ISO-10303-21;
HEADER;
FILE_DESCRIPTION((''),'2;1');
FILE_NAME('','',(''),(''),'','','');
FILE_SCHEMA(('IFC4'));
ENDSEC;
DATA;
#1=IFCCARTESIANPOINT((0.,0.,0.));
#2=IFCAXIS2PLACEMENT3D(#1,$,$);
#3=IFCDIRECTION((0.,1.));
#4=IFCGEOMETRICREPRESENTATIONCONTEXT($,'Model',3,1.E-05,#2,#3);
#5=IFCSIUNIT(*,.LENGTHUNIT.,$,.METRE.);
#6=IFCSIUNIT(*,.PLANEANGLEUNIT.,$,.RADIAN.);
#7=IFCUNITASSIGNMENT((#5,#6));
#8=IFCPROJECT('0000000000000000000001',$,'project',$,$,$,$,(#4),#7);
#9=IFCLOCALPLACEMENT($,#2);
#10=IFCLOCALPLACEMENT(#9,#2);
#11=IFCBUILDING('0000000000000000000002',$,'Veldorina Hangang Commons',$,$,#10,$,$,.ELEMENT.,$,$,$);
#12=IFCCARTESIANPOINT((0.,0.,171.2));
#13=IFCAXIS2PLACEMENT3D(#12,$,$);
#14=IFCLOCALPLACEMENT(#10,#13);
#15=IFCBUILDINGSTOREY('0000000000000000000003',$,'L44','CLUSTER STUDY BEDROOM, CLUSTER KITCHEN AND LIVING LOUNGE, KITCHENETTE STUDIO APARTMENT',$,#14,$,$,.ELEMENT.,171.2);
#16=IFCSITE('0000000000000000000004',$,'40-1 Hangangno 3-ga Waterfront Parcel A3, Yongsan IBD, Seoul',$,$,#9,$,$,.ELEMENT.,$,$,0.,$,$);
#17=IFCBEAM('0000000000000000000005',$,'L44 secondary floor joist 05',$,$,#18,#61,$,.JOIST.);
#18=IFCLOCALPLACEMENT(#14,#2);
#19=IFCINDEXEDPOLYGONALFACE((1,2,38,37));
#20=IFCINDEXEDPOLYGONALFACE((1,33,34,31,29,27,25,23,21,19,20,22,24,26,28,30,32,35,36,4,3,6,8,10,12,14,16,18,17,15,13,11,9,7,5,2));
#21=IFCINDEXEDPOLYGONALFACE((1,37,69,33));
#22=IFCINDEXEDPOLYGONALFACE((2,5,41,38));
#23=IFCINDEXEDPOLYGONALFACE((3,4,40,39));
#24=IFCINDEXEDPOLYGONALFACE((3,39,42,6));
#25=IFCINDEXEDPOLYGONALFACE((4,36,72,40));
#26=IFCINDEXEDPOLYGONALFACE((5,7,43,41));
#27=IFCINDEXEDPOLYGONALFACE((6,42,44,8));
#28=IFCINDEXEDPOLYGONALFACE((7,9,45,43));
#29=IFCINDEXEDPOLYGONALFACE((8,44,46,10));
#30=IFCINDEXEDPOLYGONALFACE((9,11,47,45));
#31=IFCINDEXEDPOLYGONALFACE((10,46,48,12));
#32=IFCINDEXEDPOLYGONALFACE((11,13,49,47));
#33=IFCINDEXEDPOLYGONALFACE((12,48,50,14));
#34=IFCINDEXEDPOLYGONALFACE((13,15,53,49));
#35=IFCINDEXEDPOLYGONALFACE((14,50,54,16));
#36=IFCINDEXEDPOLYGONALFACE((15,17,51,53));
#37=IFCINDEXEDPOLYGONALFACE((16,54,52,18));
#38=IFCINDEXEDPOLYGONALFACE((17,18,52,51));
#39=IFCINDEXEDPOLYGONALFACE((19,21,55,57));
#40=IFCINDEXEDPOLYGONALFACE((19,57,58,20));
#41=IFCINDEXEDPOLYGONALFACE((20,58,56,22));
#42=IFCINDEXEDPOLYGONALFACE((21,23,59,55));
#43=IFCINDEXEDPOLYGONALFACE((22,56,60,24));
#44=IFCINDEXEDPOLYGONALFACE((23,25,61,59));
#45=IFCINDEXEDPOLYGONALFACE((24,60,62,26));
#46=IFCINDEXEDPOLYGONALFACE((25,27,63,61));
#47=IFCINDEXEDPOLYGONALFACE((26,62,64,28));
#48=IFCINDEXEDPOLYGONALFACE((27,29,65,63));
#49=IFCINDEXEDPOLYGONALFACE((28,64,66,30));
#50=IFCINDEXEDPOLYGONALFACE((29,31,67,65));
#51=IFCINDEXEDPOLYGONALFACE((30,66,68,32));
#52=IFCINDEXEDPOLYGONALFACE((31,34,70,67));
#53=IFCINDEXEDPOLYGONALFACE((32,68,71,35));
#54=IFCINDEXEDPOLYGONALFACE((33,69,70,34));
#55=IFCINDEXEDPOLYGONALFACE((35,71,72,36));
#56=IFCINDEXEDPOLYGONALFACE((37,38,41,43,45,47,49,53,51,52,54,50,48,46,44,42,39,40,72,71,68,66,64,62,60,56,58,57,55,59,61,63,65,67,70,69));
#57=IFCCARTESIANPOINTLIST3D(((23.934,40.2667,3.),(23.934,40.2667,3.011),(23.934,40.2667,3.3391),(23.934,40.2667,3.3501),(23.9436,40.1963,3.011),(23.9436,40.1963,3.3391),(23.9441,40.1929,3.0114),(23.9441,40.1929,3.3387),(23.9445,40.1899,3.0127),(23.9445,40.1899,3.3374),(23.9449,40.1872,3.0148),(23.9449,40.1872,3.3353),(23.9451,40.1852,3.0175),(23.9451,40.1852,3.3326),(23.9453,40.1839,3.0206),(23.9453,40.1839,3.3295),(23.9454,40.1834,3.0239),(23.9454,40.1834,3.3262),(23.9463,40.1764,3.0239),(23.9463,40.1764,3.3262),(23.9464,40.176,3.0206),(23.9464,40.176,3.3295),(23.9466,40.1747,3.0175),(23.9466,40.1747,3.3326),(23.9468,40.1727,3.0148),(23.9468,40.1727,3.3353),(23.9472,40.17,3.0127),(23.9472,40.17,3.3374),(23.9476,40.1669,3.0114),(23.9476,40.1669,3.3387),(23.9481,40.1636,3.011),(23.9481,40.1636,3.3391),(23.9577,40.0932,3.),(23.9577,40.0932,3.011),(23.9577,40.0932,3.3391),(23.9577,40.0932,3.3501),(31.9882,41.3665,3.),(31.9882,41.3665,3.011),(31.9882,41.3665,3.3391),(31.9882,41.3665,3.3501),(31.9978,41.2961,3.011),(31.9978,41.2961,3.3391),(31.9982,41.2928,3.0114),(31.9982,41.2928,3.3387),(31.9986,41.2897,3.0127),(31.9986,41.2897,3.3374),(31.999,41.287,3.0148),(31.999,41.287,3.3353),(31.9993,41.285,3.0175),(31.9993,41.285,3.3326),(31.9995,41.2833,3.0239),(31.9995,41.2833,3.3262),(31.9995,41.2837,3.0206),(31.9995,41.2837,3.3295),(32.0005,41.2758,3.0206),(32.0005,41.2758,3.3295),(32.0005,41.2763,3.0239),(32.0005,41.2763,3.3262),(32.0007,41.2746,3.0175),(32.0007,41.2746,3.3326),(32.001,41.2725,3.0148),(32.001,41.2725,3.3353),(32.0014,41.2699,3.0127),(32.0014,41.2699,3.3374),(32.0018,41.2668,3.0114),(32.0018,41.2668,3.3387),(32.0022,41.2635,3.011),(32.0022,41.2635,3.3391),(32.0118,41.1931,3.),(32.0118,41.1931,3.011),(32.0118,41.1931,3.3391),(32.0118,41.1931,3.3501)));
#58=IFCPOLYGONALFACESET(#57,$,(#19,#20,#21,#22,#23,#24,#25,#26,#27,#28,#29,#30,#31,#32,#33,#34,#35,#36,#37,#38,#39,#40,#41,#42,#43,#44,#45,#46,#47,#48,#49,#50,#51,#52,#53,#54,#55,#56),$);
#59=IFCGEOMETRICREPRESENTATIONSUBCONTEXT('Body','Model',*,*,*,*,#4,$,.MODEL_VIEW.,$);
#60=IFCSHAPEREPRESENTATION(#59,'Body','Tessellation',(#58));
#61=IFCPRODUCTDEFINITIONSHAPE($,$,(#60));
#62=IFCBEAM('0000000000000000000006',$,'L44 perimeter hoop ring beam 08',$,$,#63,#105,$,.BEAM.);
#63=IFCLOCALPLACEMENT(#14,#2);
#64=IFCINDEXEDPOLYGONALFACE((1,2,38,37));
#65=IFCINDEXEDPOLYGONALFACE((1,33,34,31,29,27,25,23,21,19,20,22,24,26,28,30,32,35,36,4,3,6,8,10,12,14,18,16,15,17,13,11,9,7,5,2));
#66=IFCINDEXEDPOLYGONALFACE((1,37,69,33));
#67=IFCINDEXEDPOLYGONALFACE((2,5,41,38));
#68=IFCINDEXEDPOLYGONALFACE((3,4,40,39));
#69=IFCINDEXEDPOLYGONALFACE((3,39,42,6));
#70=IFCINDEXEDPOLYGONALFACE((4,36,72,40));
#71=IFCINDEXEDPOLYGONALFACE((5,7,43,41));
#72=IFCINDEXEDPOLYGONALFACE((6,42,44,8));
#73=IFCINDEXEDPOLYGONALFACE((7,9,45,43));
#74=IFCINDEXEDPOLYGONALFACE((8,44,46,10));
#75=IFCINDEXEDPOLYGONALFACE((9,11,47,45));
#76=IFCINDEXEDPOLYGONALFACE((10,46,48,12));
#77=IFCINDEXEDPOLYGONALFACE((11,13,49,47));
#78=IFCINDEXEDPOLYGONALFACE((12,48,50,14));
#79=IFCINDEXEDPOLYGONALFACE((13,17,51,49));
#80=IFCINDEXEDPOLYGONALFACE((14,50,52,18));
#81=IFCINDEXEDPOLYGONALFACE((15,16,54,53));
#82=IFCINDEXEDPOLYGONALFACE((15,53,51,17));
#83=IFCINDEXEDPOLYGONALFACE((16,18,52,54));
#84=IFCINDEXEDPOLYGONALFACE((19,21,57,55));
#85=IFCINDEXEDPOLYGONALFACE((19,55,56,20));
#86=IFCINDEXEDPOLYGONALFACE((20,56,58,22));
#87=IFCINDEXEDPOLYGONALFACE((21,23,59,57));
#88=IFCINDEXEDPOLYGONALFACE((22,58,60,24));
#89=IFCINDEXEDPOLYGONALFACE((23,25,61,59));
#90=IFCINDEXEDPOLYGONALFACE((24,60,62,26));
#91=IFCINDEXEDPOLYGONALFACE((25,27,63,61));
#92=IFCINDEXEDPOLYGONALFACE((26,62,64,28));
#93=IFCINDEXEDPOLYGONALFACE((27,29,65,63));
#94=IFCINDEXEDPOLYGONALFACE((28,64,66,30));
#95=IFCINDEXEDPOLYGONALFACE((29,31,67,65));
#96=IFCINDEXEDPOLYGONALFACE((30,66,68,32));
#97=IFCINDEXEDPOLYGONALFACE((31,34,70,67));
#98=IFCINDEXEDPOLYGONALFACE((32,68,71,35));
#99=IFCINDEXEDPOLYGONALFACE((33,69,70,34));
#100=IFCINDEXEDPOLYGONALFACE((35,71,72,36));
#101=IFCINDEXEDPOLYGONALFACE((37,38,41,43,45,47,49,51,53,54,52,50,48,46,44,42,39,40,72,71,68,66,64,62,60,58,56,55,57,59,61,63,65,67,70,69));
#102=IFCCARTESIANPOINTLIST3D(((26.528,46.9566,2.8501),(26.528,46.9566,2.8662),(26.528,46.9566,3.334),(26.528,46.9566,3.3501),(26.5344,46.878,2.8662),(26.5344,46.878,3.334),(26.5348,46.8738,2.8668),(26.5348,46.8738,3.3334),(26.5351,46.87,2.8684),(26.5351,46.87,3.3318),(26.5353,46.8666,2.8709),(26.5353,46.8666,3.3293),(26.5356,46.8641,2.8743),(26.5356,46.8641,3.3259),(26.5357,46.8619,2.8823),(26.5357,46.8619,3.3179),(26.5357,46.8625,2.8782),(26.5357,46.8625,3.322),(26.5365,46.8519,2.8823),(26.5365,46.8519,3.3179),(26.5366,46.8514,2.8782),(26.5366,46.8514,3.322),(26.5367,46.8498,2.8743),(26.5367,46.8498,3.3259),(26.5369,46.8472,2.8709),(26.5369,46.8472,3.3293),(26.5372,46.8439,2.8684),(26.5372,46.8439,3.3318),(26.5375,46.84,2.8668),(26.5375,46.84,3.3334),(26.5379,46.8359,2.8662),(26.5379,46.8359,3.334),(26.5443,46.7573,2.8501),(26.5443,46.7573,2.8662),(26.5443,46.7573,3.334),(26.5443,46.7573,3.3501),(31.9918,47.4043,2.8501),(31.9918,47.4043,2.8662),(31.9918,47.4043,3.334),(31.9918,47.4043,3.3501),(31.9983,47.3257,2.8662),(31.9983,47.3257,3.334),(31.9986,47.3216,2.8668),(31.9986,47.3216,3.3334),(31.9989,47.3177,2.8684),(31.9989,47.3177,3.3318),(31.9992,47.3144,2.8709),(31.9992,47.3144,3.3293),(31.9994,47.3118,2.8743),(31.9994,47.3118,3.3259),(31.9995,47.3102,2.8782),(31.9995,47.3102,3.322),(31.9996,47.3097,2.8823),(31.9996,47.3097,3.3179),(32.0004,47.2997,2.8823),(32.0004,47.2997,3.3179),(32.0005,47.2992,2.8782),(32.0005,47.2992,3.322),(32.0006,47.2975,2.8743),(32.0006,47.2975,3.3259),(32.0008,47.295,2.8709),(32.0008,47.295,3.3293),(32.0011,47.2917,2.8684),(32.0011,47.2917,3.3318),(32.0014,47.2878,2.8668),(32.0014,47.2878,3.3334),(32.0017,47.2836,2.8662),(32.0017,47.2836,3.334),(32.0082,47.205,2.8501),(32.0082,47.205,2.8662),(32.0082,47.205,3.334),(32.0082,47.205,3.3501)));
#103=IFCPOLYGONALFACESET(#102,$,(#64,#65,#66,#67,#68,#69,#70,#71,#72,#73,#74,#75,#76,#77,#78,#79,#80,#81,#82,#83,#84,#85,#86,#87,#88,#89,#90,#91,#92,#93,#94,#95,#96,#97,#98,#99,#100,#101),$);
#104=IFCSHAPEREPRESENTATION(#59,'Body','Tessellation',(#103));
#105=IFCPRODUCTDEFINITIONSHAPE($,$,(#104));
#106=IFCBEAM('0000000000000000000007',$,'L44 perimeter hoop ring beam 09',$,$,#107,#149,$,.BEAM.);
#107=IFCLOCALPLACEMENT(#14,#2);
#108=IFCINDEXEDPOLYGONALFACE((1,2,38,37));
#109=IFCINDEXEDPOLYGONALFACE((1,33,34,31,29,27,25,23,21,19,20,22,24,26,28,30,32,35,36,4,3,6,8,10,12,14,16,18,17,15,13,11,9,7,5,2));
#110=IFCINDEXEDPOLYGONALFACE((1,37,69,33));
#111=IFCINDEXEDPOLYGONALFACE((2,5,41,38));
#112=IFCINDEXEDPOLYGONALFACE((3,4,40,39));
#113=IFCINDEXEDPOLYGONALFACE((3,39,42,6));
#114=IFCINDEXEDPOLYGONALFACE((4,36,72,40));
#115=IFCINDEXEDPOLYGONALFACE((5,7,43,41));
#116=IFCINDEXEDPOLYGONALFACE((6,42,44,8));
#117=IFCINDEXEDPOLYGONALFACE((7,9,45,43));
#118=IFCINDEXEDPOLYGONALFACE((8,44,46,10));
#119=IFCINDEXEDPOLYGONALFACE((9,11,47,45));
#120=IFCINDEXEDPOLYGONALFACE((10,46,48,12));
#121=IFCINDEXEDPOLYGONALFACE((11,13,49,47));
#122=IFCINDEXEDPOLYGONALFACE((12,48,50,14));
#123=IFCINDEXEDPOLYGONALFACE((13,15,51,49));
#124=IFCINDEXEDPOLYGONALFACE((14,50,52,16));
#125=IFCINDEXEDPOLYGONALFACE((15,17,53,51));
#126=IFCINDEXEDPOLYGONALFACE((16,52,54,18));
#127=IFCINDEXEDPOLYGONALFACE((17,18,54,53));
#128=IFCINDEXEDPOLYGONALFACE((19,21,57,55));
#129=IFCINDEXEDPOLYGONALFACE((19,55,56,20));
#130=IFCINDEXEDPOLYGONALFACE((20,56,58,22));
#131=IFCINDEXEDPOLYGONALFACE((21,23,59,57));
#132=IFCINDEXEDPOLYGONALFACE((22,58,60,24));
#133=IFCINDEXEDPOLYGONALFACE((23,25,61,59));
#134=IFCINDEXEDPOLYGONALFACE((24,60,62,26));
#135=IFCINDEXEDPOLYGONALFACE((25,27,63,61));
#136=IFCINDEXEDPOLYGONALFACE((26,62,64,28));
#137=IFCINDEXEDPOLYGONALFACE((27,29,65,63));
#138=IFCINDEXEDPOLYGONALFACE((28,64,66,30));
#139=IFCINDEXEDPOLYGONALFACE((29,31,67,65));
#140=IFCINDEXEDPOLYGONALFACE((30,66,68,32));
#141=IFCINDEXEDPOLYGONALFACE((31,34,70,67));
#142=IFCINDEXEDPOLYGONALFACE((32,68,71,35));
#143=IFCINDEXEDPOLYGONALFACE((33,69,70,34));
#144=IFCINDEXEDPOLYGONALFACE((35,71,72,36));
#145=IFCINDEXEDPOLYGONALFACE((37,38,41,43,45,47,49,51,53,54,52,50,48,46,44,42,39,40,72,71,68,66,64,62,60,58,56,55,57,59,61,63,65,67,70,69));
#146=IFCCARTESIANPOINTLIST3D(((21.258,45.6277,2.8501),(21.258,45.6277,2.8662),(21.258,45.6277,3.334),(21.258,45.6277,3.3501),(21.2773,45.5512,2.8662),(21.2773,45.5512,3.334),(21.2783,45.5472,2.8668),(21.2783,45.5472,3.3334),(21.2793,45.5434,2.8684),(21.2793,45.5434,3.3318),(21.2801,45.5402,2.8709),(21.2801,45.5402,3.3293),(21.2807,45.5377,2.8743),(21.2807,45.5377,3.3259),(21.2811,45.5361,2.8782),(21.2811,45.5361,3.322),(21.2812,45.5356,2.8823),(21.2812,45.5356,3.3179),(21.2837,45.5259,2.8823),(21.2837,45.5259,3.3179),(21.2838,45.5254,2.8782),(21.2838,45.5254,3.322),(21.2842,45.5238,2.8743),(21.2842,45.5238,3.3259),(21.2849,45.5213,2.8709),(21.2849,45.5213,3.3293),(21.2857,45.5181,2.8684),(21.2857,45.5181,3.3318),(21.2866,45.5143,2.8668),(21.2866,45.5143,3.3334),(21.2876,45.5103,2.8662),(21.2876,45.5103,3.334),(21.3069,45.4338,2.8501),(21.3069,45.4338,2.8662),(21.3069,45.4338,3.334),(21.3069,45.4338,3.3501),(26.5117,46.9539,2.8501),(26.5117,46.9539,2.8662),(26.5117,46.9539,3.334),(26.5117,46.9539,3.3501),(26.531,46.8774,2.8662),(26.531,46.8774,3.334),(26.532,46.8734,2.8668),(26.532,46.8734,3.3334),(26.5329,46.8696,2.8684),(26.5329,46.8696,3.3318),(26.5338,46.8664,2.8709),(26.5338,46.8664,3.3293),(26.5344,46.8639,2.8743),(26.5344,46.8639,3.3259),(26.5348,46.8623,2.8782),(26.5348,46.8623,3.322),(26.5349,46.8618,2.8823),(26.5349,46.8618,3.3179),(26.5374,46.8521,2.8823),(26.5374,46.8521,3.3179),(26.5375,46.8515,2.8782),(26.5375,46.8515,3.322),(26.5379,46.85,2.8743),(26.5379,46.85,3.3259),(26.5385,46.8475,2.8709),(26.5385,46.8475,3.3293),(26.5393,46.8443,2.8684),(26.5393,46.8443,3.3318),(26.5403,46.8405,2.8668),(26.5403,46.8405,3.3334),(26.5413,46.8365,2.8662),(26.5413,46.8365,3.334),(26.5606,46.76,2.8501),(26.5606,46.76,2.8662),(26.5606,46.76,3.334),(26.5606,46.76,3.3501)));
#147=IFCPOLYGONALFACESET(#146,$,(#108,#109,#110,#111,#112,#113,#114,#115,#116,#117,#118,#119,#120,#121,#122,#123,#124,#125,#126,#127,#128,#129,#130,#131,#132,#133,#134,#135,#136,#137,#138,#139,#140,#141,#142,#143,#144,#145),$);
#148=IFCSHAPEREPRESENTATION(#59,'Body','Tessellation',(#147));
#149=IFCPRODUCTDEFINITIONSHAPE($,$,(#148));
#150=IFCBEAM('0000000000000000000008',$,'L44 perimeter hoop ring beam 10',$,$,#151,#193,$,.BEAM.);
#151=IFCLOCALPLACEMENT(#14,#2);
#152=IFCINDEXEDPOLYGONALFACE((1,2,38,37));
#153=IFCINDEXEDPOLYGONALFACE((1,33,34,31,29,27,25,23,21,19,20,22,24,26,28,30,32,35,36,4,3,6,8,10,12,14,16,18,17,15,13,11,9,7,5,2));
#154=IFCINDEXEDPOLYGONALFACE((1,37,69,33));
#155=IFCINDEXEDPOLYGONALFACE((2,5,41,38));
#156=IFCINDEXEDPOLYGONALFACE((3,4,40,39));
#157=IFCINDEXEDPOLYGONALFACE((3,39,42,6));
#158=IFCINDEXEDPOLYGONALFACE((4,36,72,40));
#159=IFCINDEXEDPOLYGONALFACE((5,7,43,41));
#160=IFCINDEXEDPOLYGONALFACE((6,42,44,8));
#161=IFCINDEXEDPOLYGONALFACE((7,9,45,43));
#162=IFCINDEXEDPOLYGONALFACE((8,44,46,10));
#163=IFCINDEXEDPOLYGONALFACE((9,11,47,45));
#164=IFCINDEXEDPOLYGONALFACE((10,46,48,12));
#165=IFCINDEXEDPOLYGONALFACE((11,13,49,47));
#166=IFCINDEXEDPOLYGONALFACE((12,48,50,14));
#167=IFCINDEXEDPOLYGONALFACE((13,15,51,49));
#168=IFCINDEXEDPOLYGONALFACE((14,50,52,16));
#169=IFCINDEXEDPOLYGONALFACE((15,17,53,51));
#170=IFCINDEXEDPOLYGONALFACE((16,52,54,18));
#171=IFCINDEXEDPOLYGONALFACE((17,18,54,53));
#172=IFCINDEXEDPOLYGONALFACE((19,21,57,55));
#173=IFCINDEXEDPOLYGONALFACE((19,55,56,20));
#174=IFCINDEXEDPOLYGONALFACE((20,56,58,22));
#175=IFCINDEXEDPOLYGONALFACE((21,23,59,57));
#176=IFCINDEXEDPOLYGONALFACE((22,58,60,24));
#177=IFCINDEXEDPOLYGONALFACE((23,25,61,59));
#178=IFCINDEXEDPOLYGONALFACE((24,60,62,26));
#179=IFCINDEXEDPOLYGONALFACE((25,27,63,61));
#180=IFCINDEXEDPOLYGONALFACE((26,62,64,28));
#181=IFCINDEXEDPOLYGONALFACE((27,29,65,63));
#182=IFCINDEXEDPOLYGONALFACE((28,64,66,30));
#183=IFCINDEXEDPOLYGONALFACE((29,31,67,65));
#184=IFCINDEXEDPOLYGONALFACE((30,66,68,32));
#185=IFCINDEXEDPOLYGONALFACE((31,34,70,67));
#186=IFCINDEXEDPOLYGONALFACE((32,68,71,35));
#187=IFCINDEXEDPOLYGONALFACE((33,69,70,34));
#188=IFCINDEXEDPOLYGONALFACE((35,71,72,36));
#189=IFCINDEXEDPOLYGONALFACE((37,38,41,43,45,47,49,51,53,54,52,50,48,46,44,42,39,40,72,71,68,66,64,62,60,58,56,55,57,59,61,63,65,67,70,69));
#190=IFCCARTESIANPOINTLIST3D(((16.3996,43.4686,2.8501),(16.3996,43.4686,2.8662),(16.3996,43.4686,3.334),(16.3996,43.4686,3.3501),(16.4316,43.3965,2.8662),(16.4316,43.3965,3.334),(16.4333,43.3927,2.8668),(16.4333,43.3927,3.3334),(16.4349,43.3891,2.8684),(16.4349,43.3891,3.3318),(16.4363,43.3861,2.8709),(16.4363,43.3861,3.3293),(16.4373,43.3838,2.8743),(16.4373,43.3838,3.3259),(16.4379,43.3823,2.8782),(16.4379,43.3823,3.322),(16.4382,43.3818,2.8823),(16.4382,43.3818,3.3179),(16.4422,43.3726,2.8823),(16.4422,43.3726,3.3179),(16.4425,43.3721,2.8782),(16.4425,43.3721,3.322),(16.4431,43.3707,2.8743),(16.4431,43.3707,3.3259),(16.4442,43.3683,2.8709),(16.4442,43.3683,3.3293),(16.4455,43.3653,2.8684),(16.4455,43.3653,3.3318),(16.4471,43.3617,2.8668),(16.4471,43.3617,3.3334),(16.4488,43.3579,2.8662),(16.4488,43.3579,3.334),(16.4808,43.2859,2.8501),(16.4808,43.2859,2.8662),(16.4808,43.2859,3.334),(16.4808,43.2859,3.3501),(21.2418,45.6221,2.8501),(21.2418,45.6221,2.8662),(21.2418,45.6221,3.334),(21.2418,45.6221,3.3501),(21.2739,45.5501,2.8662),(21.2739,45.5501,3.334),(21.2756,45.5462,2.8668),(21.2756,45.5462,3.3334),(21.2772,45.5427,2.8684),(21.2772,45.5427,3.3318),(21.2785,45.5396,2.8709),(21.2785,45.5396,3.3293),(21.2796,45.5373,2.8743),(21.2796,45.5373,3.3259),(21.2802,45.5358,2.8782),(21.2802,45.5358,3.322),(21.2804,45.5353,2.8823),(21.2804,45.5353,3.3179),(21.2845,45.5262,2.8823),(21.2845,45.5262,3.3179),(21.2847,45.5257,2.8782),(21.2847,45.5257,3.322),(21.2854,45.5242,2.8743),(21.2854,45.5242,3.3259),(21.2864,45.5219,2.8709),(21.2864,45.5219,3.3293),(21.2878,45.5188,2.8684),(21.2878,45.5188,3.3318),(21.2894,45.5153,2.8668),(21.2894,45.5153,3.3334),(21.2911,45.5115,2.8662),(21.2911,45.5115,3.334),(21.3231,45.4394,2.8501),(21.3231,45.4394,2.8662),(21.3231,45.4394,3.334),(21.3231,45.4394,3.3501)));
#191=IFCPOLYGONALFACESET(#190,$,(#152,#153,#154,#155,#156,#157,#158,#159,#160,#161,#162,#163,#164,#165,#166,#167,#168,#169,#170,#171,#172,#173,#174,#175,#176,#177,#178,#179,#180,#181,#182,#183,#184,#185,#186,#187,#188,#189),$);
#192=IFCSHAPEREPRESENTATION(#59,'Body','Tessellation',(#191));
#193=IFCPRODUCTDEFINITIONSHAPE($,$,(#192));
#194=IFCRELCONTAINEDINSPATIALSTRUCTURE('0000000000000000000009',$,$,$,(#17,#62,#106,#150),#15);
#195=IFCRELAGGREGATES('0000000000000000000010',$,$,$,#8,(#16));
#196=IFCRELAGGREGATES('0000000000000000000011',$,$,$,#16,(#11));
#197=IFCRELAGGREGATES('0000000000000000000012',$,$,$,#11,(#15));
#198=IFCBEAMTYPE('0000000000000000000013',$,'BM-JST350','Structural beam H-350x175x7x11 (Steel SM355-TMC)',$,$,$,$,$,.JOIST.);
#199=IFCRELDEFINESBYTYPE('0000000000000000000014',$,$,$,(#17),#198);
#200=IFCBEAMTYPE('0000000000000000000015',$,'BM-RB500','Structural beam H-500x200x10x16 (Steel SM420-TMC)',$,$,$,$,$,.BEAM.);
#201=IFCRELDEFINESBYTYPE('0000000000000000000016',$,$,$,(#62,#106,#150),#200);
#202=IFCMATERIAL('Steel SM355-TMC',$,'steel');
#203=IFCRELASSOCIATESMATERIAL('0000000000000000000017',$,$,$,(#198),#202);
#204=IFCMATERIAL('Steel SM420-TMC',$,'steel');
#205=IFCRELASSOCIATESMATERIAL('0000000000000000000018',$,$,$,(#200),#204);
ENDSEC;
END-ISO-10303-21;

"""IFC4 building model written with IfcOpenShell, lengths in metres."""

from ifc_helpers import new_model, si_unit, direction, frame, origin, origin_2d, place, context, subcontext, project, spatial, i_section, extrude, material, material_profile, profile_set, type_object, element, save


model = new_model("IFC4")

# Units and contexts
model_context = context("Model", 3, precision=1e-05, world=origin(), true_north=direction((0.0, 1.0)))
body_context = subcontext(model_context, "Body", "Model", "MODEL_VIEW")
ifc_project = project(units=[si_unit("LENGTHUNIT", "METRE"), si_unit("PLANEANGLEUNIT", "RADIAN")], contexts=[model_context])

# Site, building, storey
site_placement = place(None, origin())
site = spatial("IfcSite", under=ifc_project, at=site_placement, Name="40-1 Hangangno 3-ga Waterfront Parcel A3, Yongsan IBD, Seoul", CompositionType="ELEMENT", RefElevation=0.0)
building_placement = place(site_placement, origin())
building = spatial("IfcBuilding", under=site, at=building_placement, Name="Veldorina Hangang Commons", CompositionType="ELEMENT")
storey_placement = place(building_placement, frame((0.0, 0.0, 171.2)))
storey = spatial("IfcBuildingStorey", under=building, at=storey_placement, Name="L44", Description="CLUSTER STUDY BEDROOM, CLUSTER KITCHEN AND LIVING LOUNGE, KITCHENETTE STUDIO APARTMENT", CompositionType="ELEMENT", Elevation=171.2)

# Beams
ifc_material_1 = material(Name="Steel SM355-TMC", Category="steel")
ifc_material_profile_1 = material_profile(ifc_material_1, i_section(OverallWidth=0.175, OverallDepth=0.3501, WebThickness=0.0071, FlangeThickness=0.011, FilletRadius=0.0129, at=origin_2d()), Name="H-350x175x7x11")
ifc_profile_set_1 = profile_set([ifc_material_profile_1], Name="Steel SM355-TMC")
beam_type_1 = type_object("IfcBeamType", Name="BM-JST350", Description="Structural beam H-350x175x7x11 (Steel SM355-TMC)", PredefinedType="JOIST", material=ifc_profile_set_1)
beam_1_placement = place(storey_placement, frame((32.0, 41.2798, 3.175), z_axis=(-0.990805, -0.135301, 0.0), x_axis=(0.135301, -0.990805, 0.0)))
element("IfcBeam", 1, at=beam_1_placement, inside=storey, type_object=beam_type_1, Name="L44 secondary floor joist 05", PredefinedType="JOIST", context=body_context, shape_type="SweptSolid", body=[
    extrude(i_section(OverallWidth=0.175, OverallDepth=0.3501, WebThickness=0.0071, FlangeThickness=0.011, FilletRadius=0.0129, at=origin_2d()), origin(), (0.0, 0.0, 1.0), 8.1289),
])
ifc_material_2 = material(Name="Steel SM420-TMC", Category="steel")
ifc_material_profile_2 = material_profile(ifc_material_2, i_section(OverallWidth=0.2, OverallDepth=0.5, WebThickness=0.01, FlangeThickness=0.0161, FilletRadius=0.0161, at=origin_2d()), Name="H-500x200x10x16")
ifc_profile_set_2 = profile_set([ifc_material_profile_2], Name="Steel SM420-TMC")
beam_type_2 = type_object("IfcBeamType", Name="BM-RB500", Description="Structural beam H-500x200x10x16 (Steel SM420-TMC)", PredefinedType="BEAM", material=ifc_profile_set_2)
beam_2_placement = place(storey_placement, frame((32.0, 47.3047, 3.1001), z_axis=(-0.996659, -0.081674, 0.0), x_axis=(0.081674, -0.996659, 0.0)))
element("IfcBeam", 2, at=beam_2_placement, inside=storey, type_object=beam_type_2, Name="L44 perimeter hoop ring beam 08", PredefinedType="BEAM", context=body_context, shape_type="SweptSolid", body=[
    extrude(i_section(OverallWidth=0.2, OverallDepth=0.5, WebThickness=0.01, FlangeThickness=0.0161, FilletRadius=0.0161, at=origin_2d()), origin(), (0.0, 0.0, 1.0), 5.4822),
])
beam_3_placement = place(storey_placement, frame((26.5361, 46.8569, 3.1001), z_axis=(-0.969586, -0.244751, 0.0), x_axis=(0.244751, -0.969586, 0.0)))
element("IfcBeam", 3, at=beam_3_placement, inside=storey, type_object=beam_type_2, Name="L44 perimeter hoop ring beam 09", PredefinedType="BEAM", context=body_context, shape_type="SweptSolid", body=[
    extrude(i_section(OverallWidth=0.2, OverallDepth=0.5, WebThickness=0.01, FlangeThickness=0.0161, FilletRadius=0.0161, at=origin_2d()), origin(), (0.0, 0.0, 1.0), 5.4185),
])
beam_4_placement = place(storey_placement, frame((21.2825, 45.5308, 3.1001), z_axis=(-0.913711, -0.406365, 0.0), x_axis=(0.406365, -0.913711, 0.0)))
element("IfcBeam", 4, at=beam_4_placement, inside=storey, type_object=beam_type_2, Name="L44 perimeter hoop ring beam 10", PredefinedType="BEAM", context=body_context, shape_type="SweptSolid", body=[
    extrude(i_section(OverallWidth=0.2, OverallDepth=0.5, WebThickness=0.01, FlangeThickness=0.0161, FilletRadius=0.0161, at=origin_2d()), origin(), (0.0, 0.0, 1.0), 5.2996),
])

save(model, "model.ifc")
